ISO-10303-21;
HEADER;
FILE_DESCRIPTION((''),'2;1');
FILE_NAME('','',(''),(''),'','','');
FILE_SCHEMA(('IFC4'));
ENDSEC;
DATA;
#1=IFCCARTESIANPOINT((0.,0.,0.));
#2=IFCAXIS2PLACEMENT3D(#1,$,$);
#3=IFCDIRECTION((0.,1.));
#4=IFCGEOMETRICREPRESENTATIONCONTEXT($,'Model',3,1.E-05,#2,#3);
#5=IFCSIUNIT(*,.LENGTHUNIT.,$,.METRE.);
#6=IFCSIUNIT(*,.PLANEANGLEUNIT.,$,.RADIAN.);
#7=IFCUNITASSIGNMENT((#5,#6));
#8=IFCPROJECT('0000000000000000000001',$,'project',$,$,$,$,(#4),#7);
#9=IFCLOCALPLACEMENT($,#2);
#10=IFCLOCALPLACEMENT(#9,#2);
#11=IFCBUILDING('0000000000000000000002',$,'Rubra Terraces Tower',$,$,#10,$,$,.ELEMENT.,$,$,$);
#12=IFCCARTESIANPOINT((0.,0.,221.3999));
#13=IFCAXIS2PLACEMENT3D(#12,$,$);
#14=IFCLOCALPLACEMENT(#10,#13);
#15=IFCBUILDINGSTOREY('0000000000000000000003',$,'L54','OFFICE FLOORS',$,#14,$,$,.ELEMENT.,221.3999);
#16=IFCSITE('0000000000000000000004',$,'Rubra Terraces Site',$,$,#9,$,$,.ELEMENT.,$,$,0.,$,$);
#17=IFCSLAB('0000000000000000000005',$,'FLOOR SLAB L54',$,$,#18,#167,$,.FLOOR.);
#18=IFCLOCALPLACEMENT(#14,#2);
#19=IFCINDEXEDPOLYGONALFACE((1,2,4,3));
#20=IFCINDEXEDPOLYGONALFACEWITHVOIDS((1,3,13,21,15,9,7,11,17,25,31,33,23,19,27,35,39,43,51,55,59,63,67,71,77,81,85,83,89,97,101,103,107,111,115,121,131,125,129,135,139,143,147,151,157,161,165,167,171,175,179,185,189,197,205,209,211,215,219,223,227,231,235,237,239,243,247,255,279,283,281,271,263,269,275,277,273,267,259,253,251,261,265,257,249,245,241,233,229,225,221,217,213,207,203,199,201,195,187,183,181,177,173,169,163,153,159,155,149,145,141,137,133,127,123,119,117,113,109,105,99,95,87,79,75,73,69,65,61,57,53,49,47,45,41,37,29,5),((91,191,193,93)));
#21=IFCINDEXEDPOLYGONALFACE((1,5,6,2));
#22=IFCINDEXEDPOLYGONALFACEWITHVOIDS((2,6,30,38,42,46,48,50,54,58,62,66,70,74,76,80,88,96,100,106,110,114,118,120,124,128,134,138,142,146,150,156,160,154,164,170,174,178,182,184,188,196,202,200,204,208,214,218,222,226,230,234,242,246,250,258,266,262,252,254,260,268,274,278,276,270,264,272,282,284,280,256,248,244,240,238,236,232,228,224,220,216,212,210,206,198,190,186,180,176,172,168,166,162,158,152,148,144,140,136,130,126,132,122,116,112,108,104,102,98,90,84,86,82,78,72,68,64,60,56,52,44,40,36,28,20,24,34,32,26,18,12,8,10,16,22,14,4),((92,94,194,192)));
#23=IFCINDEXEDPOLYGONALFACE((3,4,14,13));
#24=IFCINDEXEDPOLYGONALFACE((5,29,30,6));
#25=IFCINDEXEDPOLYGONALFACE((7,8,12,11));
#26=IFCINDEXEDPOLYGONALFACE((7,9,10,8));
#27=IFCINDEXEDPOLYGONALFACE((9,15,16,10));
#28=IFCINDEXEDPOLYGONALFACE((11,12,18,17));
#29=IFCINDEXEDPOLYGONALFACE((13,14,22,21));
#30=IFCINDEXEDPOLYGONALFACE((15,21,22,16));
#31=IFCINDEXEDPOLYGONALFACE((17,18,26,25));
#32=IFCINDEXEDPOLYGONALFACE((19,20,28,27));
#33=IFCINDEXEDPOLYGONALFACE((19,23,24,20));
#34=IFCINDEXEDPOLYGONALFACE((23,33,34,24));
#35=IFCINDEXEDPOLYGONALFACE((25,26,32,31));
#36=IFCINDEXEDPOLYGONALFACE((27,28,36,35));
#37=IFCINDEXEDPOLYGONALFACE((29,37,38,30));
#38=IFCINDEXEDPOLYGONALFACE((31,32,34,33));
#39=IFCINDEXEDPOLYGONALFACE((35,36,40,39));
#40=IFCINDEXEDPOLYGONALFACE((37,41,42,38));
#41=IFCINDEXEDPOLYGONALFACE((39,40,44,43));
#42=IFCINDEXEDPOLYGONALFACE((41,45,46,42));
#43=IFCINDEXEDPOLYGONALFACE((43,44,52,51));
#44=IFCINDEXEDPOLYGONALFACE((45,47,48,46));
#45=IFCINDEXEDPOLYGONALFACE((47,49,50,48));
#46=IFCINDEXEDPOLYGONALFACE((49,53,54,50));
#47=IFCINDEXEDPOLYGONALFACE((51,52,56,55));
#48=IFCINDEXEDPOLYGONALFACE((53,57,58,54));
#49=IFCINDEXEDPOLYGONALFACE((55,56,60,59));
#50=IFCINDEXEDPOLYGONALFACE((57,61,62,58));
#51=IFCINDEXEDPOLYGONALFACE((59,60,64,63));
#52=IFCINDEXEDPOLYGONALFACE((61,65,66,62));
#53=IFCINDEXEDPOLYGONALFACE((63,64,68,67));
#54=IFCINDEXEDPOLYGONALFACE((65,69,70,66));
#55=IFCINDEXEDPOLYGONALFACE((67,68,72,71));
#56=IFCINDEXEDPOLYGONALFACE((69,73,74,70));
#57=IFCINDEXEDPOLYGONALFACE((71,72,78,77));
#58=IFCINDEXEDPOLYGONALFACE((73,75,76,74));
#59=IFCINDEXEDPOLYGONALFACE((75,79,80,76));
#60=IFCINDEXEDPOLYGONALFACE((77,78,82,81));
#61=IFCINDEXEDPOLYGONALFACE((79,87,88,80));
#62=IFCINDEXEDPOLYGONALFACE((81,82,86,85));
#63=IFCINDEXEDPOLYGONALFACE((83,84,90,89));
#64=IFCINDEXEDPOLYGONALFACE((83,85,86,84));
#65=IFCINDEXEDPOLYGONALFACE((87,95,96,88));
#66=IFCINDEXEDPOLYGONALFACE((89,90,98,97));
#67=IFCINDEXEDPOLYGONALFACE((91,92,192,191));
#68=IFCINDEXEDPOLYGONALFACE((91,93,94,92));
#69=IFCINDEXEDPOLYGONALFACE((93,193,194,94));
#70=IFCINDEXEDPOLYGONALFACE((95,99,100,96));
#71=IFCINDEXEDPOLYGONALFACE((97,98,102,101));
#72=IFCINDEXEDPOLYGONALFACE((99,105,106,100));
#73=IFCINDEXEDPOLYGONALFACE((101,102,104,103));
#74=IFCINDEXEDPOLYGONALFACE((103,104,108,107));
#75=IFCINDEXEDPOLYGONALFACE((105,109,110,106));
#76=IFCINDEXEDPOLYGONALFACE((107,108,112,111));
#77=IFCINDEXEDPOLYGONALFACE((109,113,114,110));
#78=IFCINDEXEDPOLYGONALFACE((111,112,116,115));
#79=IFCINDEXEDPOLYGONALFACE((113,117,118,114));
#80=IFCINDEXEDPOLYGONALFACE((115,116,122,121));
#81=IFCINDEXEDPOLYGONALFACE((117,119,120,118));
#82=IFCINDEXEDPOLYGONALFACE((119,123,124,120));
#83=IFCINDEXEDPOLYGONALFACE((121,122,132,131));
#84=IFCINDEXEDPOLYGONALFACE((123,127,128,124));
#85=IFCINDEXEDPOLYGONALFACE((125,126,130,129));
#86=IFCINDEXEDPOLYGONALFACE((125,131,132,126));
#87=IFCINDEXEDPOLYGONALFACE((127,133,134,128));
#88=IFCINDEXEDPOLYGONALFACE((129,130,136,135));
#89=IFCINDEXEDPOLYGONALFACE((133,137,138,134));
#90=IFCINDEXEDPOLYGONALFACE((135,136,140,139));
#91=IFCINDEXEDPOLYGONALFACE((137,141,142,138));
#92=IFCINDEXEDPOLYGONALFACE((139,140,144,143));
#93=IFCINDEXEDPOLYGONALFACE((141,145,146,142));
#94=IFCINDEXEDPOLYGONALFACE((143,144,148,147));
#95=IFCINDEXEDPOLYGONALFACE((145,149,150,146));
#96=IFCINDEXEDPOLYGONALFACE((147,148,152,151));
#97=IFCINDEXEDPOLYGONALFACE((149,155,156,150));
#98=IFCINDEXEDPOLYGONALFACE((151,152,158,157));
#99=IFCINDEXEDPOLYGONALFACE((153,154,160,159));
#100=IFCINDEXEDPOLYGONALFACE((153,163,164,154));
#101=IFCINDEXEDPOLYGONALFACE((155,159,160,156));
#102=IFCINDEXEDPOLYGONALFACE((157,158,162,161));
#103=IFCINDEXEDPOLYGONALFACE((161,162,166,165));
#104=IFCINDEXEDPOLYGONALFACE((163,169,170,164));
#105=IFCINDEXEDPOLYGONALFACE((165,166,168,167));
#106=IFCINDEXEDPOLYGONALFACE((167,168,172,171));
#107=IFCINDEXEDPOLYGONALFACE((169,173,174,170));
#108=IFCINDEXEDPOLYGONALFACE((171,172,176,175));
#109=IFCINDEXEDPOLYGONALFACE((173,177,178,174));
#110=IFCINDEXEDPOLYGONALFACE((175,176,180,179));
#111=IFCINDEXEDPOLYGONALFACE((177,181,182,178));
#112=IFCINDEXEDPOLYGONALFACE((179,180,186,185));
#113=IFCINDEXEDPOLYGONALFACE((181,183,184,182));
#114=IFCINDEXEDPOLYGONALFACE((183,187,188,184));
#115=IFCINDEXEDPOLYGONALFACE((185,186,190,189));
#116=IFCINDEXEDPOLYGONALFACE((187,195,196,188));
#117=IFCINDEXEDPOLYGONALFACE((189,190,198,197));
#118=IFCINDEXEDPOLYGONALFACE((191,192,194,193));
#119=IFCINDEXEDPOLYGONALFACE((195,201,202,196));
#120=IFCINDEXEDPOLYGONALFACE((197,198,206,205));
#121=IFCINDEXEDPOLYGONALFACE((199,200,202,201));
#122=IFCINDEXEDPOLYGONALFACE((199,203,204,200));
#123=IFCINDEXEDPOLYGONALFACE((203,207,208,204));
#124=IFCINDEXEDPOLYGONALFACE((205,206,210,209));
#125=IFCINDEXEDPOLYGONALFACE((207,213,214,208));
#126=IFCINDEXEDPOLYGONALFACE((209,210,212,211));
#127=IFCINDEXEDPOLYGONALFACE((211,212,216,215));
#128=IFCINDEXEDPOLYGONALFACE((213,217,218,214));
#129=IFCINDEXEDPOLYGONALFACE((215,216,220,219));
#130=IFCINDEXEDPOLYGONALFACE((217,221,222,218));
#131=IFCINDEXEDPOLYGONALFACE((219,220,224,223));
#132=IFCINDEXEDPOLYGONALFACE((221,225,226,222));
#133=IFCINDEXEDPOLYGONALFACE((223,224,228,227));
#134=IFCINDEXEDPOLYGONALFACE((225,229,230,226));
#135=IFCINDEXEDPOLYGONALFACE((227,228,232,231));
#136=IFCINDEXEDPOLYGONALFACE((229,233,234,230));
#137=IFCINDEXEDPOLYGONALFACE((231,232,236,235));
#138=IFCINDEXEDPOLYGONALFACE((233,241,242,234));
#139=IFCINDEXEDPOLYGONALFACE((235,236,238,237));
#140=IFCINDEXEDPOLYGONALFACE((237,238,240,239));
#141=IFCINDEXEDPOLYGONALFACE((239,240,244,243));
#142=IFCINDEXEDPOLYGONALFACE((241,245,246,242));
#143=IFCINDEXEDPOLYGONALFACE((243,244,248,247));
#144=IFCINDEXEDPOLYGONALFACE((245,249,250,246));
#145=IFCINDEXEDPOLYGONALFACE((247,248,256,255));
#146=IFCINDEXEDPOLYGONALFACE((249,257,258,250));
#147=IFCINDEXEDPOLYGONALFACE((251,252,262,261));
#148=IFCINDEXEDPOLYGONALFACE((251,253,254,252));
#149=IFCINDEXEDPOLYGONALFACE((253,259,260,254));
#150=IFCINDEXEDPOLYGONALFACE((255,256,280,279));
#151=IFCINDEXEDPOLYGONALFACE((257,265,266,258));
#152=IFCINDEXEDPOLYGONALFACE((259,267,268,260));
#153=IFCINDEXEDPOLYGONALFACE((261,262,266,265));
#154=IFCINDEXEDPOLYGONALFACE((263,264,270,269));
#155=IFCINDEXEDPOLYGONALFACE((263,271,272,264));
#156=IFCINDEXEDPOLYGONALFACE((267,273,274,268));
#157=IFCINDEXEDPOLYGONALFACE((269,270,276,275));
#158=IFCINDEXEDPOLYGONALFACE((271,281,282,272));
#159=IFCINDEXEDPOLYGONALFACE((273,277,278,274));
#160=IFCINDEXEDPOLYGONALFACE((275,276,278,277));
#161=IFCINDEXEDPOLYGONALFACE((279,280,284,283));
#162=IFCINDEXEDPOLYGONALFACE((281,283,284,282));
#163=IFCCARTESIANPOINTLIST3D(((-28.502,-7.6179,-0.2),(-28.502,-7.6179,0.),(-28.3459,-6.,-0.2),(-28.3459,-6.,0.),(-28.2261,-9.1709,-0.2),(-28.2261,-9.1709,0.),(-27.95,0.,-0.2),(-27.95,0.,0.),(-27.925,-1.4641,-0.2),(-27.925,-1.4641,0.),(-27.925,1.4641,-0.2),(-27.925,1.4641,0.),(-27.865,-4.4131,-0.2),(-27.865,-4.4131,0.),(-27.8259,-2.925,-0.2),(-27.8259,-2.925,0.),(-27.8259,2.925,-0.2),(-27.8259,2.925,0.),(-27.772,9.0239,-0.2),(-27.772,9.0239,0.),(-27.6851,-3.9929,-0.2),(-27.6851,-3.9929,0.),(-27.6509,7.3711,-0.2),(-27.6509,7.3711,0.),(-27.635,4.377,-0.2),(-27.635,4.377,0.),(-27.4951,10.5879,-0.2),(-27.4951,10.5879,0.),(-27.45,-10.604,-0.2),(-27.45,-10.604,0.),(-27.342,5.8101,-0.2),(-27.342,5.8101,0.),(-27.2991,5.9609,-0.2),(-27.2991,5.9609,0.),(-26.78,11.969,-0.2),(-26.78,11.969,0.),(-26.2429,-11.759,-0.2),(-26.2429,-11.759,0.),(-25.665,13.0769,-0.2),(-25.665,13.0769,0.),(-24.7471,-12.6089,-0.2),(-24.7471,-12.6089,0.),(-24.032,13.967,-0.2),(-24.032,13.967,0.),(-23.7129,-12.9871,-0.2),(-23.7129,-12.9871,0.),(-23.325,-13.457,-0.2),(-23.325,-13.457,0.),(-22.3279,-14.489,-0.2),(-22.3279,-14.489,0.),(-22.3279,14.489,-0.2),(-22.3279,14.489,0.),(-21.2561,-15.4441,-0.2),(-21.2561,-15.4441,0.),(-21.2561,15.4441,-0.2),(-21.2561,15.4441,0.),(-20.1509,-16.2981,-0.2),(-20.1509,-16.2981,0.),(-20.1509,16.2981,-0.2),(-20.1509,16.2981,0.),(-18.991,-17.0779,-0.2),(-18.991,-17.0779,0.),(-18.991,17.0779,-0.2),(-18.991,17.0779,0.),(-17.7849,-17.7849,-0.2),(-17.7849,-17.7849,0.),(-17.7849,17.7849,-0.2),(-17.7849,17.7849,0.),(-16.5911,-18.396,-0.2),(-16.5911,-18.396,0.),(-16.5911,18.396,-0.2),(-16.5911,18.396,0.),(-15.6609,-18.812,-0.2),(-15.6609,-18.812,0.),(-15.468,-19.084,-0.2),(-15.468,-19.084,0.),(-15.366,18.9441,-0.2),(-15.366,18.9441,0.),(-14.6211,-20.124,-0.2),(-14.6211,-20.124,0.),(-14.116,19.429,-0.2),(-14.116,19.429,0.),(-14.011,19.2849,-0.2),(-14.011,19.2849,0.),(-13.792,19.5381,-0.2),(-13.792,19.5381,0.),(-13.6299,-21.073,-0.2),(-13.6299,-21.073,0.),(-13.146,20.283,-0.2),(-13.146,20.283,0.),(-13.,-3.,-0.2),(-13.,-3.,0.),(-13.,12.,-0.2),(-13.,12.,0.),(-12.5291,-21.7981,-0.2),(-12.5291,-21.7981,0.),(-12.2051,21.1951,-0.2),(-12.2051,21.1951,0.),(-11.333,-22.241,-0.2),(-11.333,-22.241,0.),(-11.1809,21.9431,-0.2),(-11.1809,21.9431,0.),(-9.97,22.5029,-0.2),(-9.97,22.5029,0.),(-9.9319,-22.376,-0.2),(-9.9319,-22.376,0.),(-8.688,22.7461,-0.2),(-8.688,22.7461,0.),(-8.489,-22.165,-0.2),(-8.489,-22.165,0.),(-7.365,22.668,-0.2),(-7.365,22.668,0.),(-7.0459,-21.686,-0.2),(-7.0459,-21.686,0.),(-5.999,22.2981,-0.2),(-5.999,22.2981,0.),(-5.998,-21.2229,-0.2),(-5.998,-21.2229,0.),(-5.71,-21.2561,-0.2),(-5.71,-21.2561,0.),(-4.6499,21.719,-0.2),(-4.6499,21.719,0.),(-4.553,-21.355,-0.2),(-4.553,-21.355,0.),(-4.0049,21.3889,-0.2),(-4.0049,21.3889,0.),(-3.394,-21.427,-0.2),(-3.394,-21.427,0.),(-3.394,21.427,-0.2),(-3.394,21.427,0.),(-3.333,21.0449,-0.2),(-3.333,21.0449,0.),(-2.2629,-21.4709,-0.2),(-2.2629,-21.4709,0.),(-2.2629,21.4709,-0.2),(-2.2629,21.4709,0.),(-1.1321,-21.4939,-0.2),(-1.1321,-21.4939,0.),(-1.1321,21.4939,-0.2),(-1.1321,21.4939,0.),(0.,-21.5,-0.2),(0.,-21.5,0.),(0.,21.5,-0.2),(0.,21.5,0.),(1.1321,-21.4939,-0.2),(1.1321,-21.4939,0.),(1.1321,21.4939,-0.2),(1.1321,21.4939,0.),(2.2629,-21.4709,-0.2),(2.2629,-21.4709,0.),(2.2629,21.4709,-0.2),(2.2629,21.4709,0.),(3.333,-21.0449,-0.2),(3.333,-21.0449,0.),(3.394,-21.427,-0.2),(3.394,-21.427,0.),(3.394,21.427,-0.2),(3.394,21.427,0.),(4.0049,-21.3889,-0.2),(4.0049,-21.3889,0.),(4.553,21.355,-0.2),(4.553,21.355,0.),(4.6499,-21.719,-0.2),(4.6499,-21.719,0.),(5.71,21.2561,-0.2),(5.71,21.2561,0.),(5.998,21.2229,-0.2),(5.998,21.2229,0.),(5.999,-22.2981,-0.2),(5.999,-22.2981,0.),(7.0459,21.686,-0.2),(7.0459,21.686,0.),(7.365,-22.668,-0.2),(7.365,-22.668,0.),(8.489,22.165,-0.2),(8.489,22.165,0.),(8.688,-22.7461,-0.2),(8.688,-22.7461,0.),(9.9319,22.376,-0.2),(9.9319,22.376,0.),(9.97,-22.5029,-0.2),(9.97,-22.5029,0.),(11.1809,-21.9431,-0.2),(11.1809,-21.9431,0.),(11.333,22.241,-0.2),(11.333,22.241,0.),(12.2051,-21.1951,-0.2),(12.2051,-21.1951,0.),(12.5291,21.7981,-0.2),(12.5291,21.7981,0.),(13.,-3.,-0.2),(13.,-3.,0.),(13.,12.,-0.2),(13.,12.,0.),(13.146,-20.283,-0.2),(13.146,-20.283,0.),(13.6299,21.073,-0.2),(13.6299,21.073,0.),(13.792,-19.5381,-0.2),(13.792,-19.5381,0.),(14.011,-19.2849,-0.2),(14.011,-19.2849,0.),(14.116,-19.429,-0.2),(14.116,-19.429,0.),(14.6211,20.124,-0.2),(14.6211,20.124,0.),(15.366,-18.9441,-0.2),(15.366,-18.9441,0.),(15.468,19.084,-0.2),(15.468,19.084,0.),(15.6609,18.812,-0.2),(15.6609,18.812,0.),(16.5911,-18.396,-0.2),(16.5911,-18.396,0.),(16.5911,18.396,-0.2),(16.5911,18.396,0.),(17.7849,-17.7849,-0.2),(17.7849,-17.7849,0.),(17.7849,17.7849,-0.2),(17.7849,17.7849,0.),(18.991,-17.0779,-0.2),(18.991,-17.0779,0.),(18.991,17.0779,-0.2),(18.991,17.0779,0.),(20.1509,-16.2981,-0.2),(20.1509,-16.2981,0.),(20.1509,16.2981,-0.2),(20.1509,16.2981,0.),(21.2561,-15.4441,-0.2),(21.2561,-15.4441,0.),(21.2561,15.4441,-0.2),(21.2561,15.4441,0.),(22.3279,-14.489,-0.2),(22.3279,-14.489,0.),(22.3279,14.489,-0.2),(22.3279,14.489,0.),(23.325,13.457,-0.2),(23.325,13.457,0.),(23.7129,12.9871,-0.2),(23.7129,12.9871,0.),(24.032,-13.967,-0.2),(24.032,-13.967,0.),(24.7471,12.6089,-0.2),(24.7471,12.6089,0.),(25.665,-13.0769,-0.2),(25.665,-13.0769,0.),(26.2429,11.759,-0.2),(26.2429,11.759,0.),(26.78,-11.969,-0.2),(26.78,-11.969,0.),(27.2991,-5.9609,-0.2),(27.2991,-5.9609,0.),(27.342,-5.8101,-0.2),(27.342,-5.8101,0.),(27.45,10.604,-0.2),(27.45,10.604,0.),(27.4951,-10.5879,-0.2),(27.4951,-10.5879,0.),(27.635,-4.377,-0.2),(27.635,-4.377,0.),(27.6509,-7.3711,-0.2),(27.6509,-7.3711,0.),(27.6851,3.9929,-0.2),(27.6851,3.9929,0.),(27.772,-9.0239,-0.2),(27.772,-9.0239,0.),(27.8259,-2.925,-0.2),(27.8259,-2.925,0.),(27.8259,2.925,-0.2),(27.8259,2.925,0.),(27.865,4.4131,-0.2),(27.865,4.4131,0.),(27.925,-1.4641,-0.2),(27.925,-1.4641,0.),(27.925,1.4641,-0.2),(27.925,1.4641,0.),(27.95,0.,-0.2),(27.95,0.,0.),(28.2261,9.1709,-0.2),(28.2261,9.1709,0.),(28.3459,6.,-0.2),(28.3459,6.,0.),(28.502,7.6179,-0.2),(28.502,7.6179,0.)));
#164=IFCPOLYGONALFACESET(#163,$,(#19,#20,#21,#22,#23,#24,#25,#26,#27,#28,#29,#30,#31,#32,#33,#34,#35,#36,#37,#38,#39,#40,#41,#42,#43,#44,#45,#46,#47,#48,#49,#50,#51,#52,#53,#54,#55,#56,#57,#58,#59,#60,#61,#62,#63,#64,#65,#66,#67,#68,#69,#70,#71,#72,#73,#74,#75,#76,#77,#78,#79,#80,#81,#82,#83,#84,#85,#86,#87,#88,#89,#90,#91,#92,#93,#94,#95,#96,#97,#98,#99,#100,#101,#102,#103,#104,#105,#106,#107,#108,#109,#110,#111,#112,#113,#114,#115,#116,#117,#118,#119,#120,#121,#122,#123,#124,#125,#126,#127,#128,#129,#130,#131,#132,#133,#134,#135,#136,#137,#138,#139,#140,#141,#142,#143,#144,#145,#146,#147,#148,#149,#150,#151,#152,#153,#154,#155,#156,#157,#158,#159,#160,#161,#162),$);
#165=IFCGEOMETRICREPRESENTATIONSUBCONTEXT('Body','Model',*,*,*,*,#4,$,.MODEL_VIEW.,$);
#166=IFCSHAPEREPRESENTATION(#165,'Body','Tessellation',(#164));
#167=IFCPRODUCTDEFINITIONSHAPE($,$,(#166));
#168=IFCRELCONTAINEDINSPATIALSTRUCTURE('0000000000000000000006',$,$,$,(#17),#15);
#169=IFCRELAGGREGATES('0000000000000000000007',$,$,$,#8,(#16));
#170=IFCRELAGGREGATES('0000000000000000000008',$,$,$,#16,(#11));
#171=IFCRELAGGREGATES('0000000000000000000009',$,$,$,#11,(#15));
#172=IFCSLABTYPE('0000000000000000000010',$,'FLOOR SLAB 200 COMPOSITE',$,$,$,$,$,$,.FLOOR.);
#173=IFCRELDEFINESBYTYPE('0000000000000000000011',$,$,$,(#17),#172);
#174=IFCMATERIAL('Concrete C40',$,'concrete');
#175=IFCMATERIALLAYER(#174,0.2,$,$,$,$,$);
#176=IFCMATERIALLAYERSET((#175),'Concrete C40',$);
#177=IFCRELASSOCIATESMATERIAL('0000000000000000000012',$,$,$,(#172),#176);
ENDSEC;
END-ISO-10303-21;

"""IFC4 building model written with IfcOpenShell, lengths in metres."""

from ifc_helpers import new_model, si_unit, direction, frame, origin, place, context, subcontext, project, spatial, polyline, outline, extrude, material, layer, layer_set, type_object, element, save


model = new_model("IFC4")

# Units and contexts
model_context = context("Model", 3, precision=1e-05, world=origin(), true_north=direction((0.0, 1.0)))
body_context = subcontext(model_context, "Body", "Model", "MODEL_VIEW")
ifc_project = project(units=[si_unit("LENGTHUNIT", "METRE"), si_unit("PLANEANGLEUNIT", "RADIAN")], contexts=[model_context])

# Site, building, storey
site_placement = place(None, origin())
site = spatial("IfcSite", under=ifc_project, at=site_placement, Name="Rubra Terraces Site", CompositionType="ELEMENT", RefElevation=0.0)
building_placement = place(site_placement, origin())
building = spatial("IfcBuilding", under=site, at=building_placement, Name="Rubra Terraces Tower", CompositionType="ELEMENT")
storey_placement = place(building_placement, frame((0.0, 0.0, 221.3999)))
storey = spatial("IfcBuildingStorey", under=building, at=storey_placement, Name="L54", Description="OFFICE FLOORS", CompositionType="ELEMENT", Elevation=221.3999)

# Slab
ifc_material_1 = material(Name="Concrete C40", Category="concrete")
ifc_layer_1 = layer(ifc_material_1, 0.2)
ifc_layer_set_1 = layer_set([ifc_layer_1], Name="Concrete C40")
slab_type = type_object("IfcSlabType", Name="FLOOR SLAB 200 COMPOSITE", PredefinedType="FLOOR", material=ifc_layer_set_1)
slab_placement = place(storey_placement, frame((0.0, 0.0, -0.2)))
element("IfcSlab", 1, at=slab_placement, inside=storey, type_object=slab_type, Name="FLOOR SLAB L54", PredefinedType="FLOOR", context=body_context, shape_type="SweptSolid", body=[
    extrude(outline(polyline([(27.8259, 2.925), (27.6851, 3.9929), (27.865, 4.4131), (28.3459, 6.0), (28.502, 7.6179), (28.2261, 9.1709), (27.45, 10.604), (26.2429, 11.759), (24.7471, 12.6089), (23.7129, 12.9871), (23.325, 13.457), (22.3279, 14.489), (21.2561, 15.4441), (20.1509, 16.2981), (18.991, 17.0779), (17.7849, 17.7849), (16.5911, 18.396), (15.6609, 18.812), (15.468, 19.084), (14.6211, 20.124), (13.6299, 21.073), (12.5291, 21.7981), (11.333, 22.241), (9.9319, 22.376), (8.489, 22.165), (7.0459, 21.686), (5.998, 21.2229), (5.71, 21.2561), (4.553, 21.355), (3.394, 21.427), (2.2629, 21.4709), (1.1321, 21.4939), (0.0, 21.5), (-1.1321, 21.4939), (-2.2629, 21.4709), (-3.394, 21.427), (-4.0049, 21.3889), (-3.333, 21.0449), (-4.6499, 21.719), (-5.999, 22.2981), (-7.365, 22.668), (-8.688, 22.7461), (-9.97, 22.5029), (-11.1809, 21.9431), (-12.2051, 21.1951), (-13.146, 20.283), (-14.011, 19.2849), (-13.792, 19.5381), (-14.116, 19.429), (-15.366, 18.9441), (-16.5911, 18.396), (-17.7849, 17.7849), (-18.991, 17.0779), (-20.1509, 16.2981), (-21.2561, 15.4441), (-22.3279, 14.489), (-24.032, 13.967), (-25.665, 13.0769), (-26.78, 11.969), (-27.4951, 10.5879), (-27.772, 9.0239), (-27.6509, 7.3711), (-27.2991, 5.9609), (-27.342, 5.8101), (-27.635, 4.377), (-27.8259, 2.925), (-27.925, 1.4641), (-27.95, 0.0), (-27.925, -1.4641), (-27.8259, -2.925), (-27.6851, -3.9929), (-27.865, -4.4131), (-28.3459, -6.0), (-28.502, -7.6179), (-28.2261, -9.1709), (-27.45, -10.604), (-26.2429, -11.759), (-24.7471, -12.6089), (-23.7129, -12.9871), (-23.325, -13.457), (-22.3279, -14.489), (-21.2561, -15.4441), (-20.1509, -16.2981), (-18.991, -17.0779), (-17.7849, -17.7849), (-16.5911, -18.396), (-15.6609, -18.812), (-15.468, -19.084), (-14.6211, -20.124), (-13.6299, -21.073), (-12.5291, -21.7981), (-11.333, -22.241), (-9.9319, -22.376), (-8.489, -22.165), (-7.0459, -21.686), (-5.998, -21.2229), (-5.71, -21.2561), (-4.553, -21.355), (-3.394, -21.427), (-2.2629, -21.4709), (-1.1321, -21.4939), (0.0, -21.5), (1.1321, -21.4939), (2.2629, -21.4709), (3.394, -21.427), (4.0049, -21.3889), (3.333, -21.0449), (4.6499, -21.719), (5.999, -22.2981), (7.365, -22.668), (8.688, -22.7461), (9.97, -22.5029), (11.1809, -21.9431), (12.2051, -21.1951), (13.146, -20.283), (14.011, -19.2849), (13.792, -19.5381), (14.116, -19.429), (15.366, -18.9441), (16.5911, -18.396), (17.7849, -17.7849), (18.991, -17.0779), (20.1509, -16.2981), (21.2561, -15.4441), (22.3279, -14.489), (24.032, -13.967), (25.665, -13.0769), (26.78, -11.969), (27.4951, -10.5879), (27.772, -9.0239), (27.6509, -7.3711), (27.2991, -5.9609), (27.342, -5.8101), (27.635, -4.377), (27.8259, -2.925), (27.925, -1.4641), (27.95, 0.0), (27.925, 1.4641), (27.8259, 2.925)]), holes=[polyline([(13.0, 12.0), (13.0, -3.0), (-13.0, -3.0), (-13.0, 12.0), (13.0, 12.0)])]), origin(), (0.0, 0.0, 1.0), 0.2),
])

save(model, "model.ifc")
